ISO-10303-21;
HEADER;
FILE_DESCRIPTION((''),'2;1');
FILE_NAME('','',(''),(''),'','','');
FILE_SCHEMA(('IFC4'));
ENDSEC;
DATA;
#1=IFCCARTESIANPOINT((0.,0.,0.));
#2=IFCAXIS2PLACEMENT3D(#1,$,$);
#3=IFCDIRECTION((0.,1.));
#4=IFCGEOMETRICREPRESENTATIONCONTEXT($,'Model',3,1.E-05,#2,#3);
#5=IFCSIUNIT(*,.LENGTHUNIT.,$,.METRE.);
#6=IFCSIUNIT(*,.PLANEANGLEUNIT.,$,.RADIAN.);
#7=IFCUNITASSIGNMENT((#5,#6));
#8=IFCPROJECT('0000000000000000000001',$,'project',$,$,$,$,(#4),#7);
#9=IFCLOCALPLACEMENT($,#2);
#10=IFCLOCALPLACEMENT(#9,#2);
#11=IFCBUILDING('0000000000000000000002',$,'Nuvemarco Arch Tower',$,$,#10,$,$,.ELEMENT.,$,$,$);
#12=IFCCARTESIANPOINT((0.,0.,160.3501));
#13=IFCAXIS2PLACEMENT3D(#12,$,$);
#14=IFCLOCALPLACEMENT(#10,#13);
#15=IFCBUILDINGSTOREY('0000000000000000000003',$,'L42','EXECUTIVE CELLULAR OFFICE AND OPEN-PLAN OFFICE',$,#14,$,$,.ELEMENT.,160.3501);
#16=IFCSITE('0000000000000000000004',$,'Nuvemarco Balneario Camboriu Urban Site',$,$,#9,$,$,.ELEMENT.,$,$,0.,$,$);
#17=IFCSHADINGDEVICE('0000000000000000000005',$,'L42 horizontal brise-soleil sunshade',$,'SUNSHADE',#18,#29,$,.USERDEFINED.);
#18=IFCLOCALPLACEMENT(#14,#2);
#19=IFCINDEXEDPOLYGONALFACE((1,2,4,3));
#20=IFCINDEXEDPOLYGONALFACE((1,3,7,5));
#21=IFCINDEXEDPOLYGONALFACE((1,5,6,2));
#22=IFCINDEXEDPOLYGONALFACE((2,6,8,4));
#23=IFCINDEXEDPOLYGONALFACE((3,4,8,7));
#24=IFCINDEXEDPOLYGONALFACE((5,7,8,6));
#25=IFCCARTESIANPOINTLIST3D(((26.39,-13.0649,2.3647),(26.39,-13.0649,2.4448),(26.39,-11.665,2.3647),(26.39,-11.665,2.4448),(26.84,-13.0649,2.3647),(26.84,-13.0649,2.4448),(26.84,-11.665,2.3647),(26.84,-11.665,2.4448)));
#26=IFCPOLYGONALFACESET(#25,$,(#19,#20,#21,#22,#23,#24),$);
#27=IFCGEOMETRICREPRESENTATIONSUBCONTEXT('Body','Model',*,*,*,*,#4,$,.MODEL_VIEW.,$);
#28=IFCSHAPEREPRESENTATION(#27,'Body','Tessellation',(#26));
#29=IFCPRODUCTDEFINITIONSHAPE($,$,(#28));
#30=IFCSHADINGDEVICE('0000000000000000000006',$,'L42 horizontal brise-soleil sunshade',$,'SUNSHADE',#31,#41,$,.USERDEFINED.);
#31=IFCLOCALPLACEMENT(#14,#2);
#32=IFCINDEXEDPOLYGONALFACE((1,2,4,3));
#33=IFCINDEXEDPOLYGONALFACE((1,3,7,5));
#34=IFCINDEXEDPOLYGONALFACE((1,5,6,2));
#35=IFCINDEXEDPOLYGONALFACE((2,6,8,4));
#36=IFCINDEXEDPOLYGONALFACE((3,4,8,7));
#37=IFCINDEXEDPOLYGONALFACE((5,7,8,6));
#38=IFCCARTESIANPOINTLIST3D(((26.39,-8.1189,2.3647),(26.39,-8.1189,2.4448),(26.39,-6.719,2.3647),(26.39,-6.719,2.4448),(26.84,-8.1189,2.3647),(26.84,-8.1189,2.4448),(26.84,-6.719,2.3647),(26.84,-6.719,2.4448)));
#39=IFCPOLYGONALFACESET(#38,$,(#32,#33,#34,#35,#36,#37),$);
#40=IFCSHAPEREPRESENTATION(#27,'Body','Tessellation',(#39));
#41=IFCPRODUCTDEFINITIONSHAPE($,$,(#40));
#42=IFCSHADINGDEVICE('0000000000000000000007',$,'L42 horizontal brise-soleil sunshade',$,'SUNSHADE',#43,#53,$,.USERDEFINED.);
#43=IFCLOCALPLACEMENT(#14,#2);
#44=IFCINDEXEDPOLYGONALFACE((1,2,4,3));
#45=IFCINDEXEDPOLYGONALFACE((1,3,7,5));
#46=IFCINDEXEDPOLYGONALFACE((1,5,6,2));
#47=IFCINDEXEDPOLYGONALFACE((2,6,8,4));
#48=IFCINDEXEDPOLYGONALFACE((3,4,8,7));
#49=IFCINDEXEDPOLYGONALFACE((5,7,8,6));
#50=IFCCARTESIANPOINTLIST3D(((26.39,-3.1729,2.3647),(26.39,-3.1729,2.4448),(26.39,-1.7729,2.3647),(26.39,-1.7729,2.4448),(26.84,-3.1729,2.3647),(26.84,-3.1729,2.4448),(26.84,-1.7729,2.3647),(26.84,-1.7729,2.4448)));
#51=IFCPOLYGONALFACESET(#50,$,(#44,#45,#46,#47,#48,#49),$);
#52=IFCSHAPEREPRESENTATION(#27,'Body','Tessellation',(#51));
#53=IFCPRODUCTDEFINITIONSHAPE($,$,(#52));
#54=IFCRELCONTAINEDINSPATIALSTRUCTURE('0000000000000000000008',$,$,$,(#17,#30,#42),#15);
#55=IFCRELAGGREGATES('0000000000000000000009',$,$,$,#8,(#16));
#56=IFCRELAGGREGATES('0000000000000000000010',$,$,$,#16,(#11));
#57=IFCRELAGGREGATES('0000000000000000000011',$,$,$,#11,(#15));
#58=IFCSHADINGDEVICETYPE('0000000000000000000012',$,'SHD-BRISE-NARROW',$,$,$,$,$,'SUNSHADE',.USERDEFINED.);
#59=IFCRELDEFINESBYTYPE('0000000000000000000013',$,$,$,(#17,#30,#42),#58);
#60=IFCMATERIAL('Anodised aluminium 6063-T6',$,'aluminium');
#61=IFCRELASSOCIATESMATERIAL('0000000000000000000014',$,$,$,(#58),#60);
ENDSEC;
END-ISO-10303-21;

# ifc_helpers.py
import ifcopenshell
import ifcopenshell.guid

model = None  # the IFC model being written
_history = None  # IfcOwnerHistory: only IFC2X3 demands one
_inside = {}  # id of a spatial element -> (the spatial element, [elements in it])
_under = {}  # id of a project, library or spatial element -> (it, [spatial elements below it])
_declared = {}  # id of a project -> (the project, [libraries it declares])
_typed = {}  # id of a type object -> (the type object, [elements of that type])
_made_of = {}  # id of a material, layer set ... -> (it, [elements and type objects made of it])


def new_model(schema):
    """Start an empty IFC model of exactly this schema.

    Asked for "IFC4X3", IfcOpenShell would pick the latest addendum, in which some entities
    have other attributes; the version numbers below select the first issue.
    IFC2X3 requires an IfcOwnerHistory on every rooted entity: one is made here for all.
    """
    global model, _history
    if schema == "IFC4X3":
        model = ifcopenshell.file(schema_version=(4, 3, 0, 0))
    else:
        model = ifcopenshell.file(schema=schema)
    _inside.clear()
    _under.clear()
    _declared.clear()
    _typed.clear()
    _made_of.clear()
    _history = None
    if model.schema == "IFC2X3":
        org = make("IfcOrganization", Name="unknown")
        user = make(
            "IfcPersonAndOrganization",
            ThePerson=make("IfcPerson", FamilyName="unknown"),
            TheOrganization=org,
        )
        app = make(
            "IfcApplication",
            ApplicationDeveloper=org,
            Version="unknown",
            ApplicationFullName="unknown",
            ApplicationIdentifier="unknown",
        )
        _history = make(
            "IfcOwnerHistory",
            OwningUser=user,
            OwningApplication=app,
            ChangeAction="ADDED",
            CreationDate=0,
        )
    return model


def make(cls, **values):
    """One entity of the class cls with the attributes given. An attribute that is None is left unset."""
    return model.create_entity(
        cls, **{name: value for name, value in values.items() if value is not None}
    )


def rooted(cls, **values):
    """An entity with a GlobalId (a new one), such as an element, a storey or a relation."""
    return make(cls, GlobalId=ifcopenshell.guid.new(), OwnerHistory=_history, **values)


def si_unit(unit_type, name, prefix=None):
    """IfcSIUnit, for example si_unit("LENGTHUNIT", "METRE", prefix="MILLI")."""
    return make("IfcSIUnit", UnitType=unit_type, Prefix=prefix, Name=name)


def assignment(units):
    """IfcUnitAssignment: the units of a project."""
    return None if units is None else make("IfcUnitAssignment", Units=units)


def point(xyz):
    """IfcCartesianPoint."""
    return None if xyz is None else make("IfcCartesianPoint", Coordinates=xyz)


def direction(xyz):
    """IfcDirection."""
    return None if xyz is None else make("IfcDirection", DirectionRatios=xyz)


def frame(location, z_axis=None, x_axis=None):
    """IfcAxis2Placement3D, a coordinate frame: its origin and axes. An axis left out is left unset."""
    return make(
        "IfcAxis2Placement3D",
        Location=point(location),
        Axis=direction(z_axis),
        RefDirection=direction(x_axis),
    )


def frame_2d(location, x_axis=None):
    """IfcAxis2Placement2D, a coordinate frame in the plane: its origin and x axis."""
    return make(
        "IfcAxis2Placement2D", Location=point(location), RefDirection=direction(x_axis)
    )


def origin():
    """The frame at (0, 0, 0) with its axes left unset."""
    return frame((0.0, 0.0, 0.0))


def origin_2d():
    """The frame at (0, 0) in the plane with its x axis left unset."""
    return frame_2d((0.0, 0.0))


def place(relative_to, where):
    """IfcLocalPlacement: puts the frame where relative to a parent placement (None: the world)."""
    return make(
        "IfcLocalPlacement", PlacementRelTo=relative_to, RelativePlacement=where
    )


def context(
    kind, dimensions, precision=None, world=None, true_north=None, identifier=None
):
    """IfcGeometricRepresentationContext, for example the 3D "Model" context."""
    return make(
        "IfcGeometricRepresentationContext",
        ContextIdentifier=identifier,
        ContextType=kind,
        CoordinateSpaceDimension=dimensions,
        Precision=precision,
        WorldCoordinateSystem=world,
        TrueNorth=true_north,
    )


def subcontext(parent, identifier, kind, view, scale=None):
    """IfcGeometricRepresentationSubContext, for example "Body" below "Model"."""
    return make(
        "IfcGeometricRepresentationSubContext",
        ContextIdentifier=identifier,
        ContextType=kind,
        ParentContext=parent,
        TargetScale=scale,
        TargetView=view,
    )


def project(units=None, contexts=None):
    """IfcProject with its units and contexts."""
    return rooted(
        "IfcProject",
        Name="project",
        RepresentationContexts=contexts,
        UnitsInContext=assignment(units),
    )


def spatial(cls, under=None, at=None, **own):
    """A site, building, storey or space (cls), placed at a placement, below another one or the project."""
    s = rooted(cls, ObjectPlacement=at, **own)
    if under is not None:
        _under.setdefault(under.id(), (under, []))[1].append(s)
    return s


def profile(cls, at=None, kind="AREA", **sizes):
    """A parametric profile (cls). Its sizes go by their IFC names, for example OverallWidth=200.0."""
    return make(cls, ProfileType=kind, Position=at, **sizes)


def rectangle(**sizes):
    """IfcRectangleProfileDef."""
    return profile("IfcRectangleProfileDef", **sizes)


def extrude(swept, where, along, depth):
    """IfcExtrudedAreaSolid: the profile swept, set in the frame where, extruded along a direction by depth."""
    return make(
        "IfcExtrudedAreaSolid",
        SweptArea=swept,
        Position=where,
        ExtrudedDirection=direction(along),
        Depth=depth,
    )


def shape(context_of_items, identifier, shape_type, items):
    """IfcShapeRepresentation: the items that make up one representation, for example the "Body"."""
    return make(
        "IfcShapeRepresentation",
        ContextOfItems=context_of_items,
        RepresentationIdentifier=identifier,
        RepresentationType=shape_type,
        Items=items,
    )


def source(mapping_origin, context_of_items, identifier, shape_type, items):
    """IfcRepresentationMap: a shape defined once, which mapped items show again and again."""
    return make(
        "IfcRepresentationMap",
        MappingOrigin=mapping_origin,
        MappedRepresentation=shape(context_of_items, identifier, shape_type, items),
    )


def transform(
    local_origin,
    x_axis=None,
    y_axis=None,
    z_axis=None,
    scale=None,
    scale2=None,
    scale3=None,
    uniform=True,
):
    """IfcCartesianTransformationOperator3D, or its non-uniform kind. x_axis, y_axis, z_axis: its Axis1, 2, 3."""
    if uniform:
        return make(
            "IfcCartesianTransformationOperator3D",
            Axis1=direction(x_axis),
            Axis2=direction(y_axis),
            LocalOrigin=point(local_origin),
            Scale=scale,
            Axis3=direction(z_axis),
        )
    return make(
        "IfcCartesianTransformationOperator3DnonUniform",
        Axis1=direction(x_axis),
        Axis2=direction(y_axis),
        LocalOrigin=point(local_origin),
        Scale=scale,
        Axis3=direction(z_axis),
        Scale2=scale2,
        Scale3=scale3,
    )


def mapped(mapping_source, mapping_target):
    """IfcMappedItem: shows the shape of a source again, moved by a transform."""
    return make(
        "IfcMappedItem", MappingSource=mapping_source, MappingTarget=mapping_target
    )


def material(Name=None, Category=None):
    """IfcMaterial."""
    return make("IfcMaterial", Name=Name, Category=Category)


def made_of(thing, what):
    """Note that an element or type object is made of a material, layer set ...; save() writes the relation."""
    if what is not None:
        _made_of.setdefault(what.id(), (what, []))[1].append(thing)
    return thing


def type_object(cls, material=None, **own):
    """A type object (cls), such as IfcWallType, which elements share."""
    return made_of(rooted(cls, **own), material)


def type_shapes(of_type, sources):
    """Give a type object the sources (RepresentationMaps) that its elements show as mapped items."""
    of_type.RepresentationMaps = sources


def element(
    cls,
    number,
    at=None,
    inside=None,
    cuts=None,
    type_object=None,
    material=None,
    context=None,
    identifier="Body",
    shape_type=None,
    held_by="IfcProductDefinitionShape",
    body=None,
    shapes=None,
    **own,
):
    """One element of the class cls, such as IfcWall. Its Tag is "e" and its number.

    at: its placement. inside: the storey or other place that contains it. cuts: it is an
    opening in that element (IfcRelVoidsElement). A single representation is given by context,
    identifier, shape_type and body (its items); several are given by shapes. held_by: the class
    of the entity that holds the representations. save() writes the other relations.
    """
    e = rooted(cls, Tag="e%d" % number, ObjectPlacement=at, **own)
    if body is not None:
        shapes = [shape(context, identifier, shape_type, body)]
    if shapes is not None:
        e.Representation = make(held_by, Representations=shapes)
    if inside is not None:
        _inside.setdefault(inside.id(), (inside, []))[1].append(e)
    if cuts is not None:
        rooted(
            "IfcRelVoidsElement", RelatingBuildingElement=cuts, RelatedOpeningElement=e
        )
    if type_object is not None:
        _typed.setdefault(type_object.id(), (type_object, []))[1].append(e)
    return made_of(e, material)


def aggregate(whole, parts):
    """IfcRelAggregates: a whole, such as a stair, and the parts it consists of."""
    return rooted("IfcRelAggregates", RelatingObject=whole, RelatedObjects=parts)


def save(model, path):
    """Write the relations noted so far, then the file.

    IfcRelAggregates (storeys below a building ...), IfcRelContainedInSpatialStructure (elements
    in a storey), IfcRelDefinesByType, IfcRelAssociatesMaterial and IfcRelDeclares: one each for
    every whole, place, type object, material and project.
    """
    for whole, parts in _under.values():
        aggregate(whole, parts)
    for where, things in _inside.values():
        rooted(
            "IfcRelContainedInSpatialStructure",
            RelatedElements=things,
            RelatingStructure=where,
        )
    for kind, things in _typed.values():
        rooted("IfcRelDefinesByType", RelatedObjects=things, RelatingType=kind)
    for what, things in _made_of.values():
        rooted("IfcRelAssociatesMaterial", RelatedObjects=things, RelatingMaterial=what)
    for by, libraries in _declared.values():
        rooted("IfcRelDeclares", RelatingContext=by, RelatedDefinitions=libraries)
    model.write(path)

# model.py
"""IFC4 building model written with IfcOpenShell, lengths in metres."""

from ifc_helpers import new_model, si_unit, direction, frame, origin, origin_2d, place, context, subcontext, project, spatial, rectangle, extrude, source, transform, mapped, material, type_object, type_shapes, element, save


model = new_model("IFC4")

# Units and contexts
model_context = context("Model", 3, precision=1e-05, world=origin(), true_north=direction((0.0, 1.0)))
body_context = subcontext(model_context, "Body", "Model", "MODEL_VIEW")
ifc_project = project(units=[si_unit("LENGTHUNIT", "METRE"), si_unit("PLANEANGLEUNIT", "RADIAN")], contexts=[model_context])

# Site, building, storey
site_placement = place(None, origin())
site = spatial("IfcSite", under=ifc_project, at=site_placement, Name="Nuvemarco Balneario Camboriu Urban Site", CompositionType="ELEMENT", RefElevation=0.0)
building_placement = place(site_placement, origin())
building = spatial("IfcBuilding", under=site, at=building_placement, Name="Nuvemarco Arch Tower", CompositionType="ELEMENT")
storey_placement = place(building_placement, frame((0.0, 0.0, 160.3501)))
storey = spatial("IfcBuildingStorey", under=building, at=storey_placement, Name="L42", Description="EXECUTIVE CELLULAR OFFICE AND OPEN-PLAN OFFICE", CompositionType="ELEMENT", Elevation=160.3501)

# Shading devices
ifc_material_1 = material(Name="Anodised aluminium 6063-T6", Category="aluminium")
shading_device_type = type_object("IfcShadingDeviceType", Name="SHD-BRISE-NARROW", ElementType="SUNSHADE", PredefinedType="USERDEFINED", material=ifc_material_1)
shared_shape_1 = source(origin(), body_context, "Body", "SweptSolid", [
    extrude(rectangle(XDim=1.3999, YDim=0.45, at=origin_2d()), origin(), (0.0, 0.0, 1.0), 0.0801),
])
type_shapes(shading_device_type, [shared_shape_1])
for number, where, z_axis, x_axis, name in (
    (1, (26.615, -12.365, 2.3647), (0.0, 0.0, 1.0), (0.0, 1.0, 0.0), "L42 horizontal brise-soleil sunshade"),
    (2, (26.615, -7.4189, 2.3647), (0.0, 0.0, 1.0), (0.0, 1.0, 0.0), "L42 horizontal brise-soleil sunshade"),
    (3, (26.615, -2.4729, 2.3647), (0.0, 0.0, 1.0), (0.0, 1.0, 0.0), "L42 horizontal brise-soleil sunshade"),
):
    element("IfcShadingDevice", number, at=place(storey_placement, frame(where, z_axis=z_axis, x_axis=x_axis)), inside=storey, type_object=shading_device_type, Name=name, ObjectType="SUNSHADE", PredefinedType="USERDEFINED", context=body_context, shape_type="MappedRepresentation", body=[
        mapped(shared_shape_1, transform((0.0, 0.0, 0.0), scale=1.0)),
    ])

save(model, "model.ifc")
